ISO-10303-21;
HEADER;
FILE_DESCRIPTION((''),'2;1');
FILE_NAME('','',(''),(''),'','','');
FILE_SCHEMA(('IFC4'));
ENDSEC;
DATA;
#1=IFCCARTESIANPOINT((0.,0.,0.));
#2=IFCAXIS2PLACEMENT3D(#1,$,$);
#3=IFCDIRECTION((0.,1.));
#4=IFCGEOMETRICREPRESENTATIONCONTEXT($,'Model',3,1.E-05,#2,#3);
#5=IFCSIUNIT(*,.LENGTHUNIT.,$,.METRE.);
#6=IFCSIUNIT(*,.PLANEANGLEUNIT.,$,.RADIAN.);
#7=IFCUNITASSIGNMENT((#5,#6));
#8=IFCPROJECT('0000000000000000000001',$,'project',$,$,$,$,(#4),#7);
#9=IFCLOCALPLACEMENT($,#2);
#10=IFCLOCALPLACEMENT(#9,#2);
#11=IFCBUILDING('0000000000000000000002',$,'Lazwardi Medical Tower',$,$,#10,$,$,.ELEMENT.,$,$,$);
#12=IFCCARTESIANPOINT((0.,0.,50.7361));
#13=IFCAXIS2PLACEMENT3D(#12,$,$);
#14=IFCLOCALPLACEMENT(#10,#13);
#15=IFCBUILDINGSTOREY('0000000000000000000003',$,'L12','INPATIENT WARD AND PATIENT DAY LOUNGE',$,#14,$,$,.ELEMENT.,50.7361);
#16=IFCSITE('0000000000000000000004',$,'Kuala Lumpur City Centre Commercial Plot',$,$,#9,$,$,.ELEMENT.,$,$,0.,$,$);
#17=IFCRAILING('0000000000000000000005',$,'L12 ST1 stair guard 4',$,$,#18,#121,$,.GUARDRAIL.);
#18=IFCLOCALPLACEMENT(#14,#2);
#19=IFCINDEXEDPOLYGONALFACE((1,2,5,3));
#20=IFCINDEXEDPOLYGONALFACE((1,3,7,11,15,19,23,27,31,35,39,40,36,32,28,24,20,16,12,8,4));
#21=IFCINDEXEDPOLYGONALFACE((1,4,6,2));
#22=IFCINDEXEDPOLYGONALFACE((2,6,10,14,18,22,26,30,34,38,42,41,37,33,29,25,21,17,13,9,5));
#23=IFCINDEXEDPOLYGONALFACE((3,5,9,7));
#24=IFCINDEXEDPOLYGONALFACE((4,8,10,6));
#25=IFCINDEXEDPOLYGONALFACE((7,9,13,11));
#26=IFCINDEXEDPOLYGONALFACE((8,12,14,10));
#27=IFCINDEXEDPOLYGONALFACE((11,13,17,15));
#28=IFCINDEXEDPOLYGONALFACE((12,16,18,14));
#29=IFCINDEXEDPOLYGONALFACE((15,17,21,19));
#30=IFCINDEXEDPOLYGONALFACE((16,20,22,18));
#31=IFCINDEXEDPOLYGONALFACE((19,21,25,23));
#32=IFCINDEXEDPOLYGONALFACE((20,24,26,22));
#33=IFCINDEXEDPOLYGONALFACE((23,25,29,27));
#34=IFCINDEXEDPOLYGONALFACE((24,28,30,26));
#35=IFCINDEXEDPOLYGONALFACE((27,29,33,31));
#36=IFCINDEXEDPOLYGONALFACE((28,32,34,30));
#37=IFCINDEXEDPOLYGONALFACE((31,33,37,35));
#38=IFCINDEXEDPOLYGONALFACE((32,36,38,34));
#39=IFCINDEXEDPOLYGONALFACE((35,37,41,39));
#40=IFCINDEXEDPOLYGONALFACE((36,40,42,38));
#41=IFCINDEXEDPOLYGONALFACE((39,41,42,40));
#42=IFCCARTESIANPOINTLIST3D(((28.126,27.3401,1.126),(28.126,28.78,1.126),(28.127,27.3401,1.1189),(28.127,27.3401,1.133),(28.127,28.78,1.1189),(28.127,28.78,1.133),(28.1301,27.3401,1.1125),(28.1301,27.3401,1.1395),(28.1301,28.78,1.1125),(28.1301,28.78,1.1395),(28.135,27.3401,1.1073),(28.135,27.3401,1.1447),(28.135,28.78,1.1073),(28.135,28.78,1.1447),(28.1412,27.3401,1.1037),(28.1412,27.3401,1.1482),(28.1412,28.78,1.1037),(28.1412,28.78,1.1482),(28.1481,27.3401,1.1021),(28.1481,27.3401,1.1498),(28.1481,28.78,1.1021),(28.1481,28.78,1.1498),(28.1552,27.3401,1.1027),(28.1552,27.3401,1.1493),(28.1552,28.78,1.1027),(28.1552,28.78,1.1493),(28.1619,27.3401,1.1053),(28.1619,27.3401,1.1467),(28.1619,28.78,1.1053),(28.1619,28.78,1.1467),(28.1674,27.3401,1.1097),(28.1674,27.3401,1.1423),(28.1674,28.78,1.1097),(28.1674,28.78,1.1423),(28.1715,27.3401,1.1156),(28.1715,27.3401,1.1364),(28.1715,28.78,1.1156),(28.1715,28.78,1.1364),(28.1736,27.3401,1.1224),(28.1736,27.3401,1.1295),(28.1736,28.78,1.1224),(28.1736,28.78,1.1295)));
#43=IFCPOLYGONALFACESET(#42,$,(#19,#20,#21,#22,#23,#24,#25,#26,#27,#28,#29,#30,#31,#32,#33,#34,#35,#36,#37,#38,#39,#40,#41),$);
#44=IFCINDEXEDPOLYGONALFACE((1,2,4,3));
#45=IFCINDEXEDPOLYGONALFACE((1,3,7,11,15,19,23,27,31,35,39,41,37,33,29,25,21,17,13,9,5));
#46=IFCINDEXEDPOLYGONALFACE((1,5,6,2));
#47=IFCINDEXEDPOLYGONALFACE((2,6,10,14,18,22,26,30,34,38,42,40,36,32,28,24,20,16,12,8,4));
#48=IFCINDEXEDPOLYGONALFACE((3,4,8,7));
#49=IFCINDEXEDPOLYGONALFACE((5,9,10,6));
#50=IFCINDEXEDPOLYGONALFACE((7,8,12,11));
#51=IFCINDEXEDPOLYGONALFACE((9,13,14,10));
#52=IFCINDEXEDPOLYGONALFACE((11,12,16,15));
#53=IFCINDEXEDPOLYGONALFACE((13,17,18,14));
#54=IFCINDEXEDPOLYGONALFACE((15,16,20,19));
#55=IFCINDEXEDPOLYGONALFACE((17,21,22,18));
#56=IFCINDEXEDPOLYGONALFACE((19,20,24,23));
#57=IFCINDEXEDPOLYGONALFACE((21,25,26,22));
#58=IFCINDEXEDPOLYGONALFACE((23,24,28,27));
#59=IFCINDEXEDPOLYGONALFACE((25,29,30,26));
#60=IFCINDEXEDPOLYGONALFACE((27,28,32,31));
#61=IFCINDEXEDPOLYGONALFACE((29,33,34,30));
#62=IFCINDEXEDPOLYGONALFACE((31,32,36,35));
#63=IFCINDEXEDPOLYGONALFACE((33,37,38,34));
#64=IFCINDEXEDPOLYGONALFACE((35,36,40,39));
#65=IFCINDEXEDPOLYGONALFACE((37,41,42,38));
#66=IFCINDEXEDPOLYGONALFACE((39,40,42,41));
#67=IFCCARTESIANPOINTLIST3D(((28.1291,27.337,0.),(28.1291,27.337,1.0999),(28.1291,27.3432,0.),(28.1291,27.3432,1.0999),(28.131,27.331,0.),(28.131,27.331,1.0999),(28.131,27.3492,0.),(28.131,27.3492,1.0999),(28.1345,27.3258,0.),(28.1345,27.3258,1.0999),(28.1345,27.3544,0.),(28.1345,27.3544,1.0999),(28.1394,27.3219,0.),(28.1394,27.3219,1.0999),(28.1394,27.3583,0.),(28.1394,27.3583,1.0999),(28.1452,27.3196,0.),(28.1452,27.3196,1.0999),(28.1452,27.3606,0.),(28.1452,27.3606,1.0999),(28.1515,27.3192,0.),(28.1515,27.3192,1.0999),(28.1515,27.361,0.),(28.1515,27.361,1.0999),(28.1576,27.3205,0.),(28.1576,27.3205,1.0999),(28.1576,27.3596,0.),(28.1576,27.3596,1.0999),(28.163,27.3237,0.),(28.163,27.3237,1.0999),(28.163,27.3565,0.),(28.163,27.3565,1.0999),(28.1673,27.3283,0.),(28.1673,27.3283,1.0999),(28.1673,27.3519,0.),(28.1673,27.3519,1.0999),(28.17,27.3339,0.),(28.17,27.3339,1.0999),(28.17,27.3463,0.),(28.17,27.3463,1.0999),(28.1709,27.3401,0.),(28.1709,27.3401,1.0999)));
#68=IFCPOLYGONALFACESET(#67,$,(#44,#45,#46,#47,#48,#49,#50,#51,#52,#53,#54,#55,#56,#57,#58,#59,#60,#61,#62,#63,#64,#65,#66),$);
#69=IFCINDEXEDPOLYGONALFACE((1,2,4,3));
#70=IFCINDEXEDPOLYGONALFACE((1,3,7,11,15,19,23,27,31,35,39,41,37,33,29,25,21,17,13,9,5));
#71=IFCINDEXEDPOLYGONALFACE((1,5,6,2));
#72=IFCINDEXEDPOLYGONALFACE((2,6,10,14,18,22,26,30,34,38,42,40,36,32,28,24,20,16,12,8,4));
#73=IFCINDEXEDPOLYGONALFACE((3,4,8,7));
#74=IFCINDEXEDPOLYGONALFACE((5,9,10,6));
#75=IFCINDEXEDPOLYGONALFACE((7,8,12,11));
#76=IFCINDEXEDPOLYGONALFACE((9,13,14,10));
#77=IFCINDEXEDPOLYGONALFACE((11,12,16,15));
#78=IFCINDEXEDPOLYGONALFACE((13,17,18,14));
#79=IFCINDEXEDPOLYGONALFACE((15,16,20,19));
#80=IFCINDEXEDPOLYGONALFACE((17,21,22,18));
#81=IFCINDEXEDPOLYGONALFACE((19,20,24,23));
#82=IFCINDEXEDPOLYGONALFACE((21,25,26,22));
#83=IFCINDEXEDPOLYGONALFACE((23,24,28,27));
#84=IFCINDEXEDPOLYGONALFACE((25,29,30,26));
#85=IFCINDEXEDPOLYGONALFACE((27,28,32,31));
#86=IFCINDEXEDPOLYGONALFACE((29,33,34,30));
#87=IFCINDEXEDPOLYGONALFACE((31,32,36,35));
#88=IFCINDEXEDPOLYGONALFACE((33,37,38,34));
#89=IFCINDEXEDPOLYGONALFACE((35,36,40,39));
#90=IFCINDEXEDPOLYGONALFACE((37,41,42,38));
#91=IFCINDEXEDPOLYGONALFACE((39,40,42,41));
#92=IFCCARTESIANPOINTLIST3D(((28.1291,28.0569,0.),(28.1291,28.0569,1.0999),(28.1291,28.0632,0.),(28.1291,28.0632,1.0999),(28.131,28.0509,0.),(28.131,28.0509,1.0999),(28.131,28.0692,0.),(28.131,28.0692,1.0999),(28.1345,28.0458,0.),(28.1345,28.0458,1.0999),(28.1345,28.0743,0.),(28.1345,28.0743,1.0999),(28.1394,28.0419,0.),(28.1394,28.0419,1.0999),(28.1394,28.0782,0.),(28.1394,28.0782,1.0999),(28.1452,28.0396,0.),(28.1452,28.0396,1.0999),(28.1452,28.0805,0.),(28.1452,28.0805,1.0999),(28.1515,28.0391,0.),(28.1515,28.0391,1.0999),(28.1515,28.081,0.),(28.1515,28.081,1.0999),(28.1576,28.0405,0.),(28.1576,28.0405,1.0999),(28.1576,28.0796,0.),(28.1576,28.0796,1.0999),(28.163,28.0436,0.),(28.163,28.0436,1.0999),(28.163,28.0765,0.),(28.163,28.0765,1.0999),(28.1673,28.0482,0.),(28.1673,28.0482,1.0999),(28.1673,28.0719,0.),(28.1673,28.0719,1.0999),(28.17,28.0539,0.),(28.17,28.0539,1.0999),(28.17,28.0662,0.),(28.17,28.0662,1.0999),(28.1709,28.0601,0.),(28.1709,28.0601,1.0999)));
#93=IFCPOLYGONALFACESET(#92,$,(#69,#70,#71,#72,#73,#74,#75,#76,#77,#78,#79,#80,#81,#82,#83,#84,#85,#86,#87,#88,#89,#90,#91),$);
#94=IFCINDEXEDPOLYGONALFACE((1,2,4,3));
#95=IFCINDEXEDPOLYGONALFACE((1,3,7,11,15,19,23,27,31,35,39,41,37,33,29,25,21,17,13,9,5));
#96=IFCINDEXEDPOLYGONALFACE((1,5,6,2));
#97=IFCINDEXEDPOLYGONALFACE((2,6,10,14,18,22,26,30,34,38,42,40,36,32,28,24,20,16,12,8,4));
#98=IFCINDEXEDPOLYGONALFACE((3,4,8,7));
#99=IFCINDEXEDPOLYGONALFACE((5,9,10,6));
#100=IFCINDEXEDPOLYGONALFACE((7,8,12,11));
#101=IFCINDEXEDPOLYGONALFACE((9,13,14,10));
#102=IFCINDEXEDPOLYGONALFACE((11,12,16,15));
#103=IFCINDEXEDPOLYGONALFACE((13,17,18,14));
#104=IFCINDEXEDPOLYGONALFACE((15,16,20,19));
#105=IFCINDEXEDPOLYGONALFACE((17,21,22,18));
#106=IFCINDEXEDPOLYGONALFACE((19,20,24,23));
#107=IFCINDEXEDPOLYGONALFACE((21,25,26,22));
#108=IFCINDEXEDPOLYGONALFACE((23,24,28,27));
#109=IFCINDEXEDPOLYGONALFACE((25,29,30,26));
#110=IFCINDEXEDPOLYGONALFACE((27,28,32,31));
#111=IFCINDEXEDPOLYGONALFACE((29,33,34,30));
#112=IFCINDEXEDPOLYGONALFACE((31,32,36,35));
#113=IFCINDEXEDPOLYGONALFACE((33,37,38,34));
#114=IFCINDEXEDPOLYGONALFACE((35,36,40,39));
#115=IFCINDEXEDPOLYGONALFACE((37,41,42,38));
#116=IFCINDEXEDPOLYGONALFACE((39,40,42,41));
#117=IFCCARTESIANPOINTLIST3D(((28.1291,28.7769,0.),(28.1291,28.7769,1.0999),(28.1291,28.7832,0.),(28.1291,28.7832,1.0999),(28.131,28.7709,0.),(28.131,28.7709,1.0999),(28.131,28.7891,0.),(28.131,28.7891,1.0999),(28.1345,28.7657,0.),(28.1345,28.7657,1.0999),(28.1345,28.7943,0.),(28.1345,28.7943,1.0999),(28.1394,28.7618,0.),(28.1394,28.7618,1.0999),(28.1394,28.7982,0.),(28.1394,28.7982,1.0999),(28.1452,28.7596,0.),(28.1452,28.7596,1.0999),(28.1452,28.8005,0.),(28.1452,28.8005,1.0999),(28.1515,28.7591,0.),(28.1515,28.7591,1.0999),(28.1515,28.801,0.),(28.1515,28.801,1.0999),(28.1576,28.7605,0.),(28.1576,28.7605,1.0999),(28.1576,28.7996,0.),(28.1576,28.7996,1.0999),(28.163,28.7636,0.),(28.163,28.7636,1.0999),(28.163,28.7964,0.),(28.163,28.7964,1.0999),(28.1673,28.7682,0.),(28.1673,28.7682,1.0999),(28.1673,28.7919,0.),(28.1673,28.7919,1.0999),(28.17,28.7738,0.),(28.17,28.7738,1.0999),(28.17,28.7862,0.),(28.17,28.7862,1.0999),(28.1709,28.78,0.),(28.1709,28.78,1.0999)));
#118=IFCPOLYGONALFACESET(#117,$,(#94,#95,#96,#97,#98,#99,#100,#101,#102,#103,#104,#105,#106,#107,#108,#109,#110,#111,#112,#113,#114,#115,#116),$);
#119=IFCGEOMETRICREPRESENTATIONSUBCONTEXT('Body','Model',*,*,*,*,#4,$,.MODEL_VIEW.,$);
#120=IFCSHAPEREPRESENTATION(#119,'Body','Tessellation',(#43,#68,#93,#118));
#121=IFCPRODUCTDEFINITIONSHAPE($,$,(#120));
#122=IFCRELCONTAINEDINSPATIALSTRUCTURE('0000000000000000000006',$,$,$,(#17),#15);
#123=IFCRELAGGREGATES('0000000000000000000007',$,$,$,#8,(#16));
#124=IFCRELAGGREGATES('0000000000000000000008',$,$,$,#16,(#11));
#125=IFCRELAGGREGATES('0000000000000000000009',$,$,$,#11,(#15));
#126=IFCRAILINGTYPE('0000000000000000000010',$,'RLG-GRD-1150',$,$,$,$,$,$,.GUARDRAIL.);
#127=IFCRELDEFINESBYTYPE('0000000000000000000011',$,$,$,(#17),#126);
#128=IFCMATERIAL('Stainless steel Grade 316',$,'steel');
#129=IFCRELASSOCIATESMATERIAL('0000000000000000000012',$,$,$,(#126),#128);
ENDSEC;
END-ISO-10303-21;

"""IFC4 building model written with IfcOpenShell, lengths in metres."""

from ifc_helpers import new_model, si_unit, direction, frame, origin, origin_2d, place, context, subcontext, project, spatial, circle, extrude, material, type_object, element, save


model = new_model("IFC4")

# Units and contexts
model_context = context("Model", 3, precision=1e-05, world=origin(), true_north=direction((0.0, 1.0)))
body_context = subcontext(model_context, "Body", "Model", "MODEL_VIEW")
ifc_project = project(units=[si_unit("LENGTHUNIT", "METRE"), si_unit("PLANEANGLEUNIT", "RADIAN")], contexts=[model_context])

# Site, building, storey
site_placement = place(None, origin())
site = spatial("IfcSite", under=ifc_project, at=site_placement, Name="Kuala Lumpur City Centre Commercial Plot", CompositionType="ELEMENT", RefElevation=0.0)
building_placement = place(site_placement, origin())
building = spatial("IfcBuilding", under=site, at=building_placement, Name="Lazwardi Medical Tower", CompositionType="ELEMENT")
storey_placement = place(building_placement, frame((0.0, 0.0, 50.7361)))
storey = spatial("IfcBuildingStorey", under=building, at=storey_placement, Name="L12", Description="INPATIENT WARD AND PATIENT DAY LOUNGE", CompositionType="ELEMENT", Elevation=50.7361)

# Railing
ifc_material_1 = material(Name="Stainless steel Grade 316", Category="steel")
railing_type_1 = type_object("IfcRailingType", Name="RLG-GRD-1150", PredefinedType="GUARDRAIL", material=ifc_material_1)
railing_1_placement = place(storey_placement, frame((28.1499, 27.3401, 0.0)))
element("IfcRailing", 1, at=railing_1_placement, inside=storey, type_object=railing_type_1, Name="L12 ST1 stair guard 4", PredefinedType="GUARDRAIL", context=body_context, shape_type="SweptSolid", body=[
    extrude(circle(Radius=0.0239, at=origin_2d()), frame((0.0, 0.0, 1.126), z_axis=(0.0, 1.0, 0.0), x_axis=(-1.0, 0.0, 0.0)), (0.0, 0.0, 1.0), 1.4399),
    extrude(circle(Radius=0.021, at=origin_2d()), origin(), (0.0, 0.0, 1.0), 1.0999),
    extrude(circle(Radius=0.021, at=origin_2d()), frame((0.0, 0.72, 0.0)), (0.0, 0.0, 1.0), 1.0999),
    extrude(circle(Radius=0.021, at=origin_2d()), frame((0.0, 1.4399, 0.0)), (0.0, 0.0, 1.0), 1.0999),
])

save(model, "model.ifc")
